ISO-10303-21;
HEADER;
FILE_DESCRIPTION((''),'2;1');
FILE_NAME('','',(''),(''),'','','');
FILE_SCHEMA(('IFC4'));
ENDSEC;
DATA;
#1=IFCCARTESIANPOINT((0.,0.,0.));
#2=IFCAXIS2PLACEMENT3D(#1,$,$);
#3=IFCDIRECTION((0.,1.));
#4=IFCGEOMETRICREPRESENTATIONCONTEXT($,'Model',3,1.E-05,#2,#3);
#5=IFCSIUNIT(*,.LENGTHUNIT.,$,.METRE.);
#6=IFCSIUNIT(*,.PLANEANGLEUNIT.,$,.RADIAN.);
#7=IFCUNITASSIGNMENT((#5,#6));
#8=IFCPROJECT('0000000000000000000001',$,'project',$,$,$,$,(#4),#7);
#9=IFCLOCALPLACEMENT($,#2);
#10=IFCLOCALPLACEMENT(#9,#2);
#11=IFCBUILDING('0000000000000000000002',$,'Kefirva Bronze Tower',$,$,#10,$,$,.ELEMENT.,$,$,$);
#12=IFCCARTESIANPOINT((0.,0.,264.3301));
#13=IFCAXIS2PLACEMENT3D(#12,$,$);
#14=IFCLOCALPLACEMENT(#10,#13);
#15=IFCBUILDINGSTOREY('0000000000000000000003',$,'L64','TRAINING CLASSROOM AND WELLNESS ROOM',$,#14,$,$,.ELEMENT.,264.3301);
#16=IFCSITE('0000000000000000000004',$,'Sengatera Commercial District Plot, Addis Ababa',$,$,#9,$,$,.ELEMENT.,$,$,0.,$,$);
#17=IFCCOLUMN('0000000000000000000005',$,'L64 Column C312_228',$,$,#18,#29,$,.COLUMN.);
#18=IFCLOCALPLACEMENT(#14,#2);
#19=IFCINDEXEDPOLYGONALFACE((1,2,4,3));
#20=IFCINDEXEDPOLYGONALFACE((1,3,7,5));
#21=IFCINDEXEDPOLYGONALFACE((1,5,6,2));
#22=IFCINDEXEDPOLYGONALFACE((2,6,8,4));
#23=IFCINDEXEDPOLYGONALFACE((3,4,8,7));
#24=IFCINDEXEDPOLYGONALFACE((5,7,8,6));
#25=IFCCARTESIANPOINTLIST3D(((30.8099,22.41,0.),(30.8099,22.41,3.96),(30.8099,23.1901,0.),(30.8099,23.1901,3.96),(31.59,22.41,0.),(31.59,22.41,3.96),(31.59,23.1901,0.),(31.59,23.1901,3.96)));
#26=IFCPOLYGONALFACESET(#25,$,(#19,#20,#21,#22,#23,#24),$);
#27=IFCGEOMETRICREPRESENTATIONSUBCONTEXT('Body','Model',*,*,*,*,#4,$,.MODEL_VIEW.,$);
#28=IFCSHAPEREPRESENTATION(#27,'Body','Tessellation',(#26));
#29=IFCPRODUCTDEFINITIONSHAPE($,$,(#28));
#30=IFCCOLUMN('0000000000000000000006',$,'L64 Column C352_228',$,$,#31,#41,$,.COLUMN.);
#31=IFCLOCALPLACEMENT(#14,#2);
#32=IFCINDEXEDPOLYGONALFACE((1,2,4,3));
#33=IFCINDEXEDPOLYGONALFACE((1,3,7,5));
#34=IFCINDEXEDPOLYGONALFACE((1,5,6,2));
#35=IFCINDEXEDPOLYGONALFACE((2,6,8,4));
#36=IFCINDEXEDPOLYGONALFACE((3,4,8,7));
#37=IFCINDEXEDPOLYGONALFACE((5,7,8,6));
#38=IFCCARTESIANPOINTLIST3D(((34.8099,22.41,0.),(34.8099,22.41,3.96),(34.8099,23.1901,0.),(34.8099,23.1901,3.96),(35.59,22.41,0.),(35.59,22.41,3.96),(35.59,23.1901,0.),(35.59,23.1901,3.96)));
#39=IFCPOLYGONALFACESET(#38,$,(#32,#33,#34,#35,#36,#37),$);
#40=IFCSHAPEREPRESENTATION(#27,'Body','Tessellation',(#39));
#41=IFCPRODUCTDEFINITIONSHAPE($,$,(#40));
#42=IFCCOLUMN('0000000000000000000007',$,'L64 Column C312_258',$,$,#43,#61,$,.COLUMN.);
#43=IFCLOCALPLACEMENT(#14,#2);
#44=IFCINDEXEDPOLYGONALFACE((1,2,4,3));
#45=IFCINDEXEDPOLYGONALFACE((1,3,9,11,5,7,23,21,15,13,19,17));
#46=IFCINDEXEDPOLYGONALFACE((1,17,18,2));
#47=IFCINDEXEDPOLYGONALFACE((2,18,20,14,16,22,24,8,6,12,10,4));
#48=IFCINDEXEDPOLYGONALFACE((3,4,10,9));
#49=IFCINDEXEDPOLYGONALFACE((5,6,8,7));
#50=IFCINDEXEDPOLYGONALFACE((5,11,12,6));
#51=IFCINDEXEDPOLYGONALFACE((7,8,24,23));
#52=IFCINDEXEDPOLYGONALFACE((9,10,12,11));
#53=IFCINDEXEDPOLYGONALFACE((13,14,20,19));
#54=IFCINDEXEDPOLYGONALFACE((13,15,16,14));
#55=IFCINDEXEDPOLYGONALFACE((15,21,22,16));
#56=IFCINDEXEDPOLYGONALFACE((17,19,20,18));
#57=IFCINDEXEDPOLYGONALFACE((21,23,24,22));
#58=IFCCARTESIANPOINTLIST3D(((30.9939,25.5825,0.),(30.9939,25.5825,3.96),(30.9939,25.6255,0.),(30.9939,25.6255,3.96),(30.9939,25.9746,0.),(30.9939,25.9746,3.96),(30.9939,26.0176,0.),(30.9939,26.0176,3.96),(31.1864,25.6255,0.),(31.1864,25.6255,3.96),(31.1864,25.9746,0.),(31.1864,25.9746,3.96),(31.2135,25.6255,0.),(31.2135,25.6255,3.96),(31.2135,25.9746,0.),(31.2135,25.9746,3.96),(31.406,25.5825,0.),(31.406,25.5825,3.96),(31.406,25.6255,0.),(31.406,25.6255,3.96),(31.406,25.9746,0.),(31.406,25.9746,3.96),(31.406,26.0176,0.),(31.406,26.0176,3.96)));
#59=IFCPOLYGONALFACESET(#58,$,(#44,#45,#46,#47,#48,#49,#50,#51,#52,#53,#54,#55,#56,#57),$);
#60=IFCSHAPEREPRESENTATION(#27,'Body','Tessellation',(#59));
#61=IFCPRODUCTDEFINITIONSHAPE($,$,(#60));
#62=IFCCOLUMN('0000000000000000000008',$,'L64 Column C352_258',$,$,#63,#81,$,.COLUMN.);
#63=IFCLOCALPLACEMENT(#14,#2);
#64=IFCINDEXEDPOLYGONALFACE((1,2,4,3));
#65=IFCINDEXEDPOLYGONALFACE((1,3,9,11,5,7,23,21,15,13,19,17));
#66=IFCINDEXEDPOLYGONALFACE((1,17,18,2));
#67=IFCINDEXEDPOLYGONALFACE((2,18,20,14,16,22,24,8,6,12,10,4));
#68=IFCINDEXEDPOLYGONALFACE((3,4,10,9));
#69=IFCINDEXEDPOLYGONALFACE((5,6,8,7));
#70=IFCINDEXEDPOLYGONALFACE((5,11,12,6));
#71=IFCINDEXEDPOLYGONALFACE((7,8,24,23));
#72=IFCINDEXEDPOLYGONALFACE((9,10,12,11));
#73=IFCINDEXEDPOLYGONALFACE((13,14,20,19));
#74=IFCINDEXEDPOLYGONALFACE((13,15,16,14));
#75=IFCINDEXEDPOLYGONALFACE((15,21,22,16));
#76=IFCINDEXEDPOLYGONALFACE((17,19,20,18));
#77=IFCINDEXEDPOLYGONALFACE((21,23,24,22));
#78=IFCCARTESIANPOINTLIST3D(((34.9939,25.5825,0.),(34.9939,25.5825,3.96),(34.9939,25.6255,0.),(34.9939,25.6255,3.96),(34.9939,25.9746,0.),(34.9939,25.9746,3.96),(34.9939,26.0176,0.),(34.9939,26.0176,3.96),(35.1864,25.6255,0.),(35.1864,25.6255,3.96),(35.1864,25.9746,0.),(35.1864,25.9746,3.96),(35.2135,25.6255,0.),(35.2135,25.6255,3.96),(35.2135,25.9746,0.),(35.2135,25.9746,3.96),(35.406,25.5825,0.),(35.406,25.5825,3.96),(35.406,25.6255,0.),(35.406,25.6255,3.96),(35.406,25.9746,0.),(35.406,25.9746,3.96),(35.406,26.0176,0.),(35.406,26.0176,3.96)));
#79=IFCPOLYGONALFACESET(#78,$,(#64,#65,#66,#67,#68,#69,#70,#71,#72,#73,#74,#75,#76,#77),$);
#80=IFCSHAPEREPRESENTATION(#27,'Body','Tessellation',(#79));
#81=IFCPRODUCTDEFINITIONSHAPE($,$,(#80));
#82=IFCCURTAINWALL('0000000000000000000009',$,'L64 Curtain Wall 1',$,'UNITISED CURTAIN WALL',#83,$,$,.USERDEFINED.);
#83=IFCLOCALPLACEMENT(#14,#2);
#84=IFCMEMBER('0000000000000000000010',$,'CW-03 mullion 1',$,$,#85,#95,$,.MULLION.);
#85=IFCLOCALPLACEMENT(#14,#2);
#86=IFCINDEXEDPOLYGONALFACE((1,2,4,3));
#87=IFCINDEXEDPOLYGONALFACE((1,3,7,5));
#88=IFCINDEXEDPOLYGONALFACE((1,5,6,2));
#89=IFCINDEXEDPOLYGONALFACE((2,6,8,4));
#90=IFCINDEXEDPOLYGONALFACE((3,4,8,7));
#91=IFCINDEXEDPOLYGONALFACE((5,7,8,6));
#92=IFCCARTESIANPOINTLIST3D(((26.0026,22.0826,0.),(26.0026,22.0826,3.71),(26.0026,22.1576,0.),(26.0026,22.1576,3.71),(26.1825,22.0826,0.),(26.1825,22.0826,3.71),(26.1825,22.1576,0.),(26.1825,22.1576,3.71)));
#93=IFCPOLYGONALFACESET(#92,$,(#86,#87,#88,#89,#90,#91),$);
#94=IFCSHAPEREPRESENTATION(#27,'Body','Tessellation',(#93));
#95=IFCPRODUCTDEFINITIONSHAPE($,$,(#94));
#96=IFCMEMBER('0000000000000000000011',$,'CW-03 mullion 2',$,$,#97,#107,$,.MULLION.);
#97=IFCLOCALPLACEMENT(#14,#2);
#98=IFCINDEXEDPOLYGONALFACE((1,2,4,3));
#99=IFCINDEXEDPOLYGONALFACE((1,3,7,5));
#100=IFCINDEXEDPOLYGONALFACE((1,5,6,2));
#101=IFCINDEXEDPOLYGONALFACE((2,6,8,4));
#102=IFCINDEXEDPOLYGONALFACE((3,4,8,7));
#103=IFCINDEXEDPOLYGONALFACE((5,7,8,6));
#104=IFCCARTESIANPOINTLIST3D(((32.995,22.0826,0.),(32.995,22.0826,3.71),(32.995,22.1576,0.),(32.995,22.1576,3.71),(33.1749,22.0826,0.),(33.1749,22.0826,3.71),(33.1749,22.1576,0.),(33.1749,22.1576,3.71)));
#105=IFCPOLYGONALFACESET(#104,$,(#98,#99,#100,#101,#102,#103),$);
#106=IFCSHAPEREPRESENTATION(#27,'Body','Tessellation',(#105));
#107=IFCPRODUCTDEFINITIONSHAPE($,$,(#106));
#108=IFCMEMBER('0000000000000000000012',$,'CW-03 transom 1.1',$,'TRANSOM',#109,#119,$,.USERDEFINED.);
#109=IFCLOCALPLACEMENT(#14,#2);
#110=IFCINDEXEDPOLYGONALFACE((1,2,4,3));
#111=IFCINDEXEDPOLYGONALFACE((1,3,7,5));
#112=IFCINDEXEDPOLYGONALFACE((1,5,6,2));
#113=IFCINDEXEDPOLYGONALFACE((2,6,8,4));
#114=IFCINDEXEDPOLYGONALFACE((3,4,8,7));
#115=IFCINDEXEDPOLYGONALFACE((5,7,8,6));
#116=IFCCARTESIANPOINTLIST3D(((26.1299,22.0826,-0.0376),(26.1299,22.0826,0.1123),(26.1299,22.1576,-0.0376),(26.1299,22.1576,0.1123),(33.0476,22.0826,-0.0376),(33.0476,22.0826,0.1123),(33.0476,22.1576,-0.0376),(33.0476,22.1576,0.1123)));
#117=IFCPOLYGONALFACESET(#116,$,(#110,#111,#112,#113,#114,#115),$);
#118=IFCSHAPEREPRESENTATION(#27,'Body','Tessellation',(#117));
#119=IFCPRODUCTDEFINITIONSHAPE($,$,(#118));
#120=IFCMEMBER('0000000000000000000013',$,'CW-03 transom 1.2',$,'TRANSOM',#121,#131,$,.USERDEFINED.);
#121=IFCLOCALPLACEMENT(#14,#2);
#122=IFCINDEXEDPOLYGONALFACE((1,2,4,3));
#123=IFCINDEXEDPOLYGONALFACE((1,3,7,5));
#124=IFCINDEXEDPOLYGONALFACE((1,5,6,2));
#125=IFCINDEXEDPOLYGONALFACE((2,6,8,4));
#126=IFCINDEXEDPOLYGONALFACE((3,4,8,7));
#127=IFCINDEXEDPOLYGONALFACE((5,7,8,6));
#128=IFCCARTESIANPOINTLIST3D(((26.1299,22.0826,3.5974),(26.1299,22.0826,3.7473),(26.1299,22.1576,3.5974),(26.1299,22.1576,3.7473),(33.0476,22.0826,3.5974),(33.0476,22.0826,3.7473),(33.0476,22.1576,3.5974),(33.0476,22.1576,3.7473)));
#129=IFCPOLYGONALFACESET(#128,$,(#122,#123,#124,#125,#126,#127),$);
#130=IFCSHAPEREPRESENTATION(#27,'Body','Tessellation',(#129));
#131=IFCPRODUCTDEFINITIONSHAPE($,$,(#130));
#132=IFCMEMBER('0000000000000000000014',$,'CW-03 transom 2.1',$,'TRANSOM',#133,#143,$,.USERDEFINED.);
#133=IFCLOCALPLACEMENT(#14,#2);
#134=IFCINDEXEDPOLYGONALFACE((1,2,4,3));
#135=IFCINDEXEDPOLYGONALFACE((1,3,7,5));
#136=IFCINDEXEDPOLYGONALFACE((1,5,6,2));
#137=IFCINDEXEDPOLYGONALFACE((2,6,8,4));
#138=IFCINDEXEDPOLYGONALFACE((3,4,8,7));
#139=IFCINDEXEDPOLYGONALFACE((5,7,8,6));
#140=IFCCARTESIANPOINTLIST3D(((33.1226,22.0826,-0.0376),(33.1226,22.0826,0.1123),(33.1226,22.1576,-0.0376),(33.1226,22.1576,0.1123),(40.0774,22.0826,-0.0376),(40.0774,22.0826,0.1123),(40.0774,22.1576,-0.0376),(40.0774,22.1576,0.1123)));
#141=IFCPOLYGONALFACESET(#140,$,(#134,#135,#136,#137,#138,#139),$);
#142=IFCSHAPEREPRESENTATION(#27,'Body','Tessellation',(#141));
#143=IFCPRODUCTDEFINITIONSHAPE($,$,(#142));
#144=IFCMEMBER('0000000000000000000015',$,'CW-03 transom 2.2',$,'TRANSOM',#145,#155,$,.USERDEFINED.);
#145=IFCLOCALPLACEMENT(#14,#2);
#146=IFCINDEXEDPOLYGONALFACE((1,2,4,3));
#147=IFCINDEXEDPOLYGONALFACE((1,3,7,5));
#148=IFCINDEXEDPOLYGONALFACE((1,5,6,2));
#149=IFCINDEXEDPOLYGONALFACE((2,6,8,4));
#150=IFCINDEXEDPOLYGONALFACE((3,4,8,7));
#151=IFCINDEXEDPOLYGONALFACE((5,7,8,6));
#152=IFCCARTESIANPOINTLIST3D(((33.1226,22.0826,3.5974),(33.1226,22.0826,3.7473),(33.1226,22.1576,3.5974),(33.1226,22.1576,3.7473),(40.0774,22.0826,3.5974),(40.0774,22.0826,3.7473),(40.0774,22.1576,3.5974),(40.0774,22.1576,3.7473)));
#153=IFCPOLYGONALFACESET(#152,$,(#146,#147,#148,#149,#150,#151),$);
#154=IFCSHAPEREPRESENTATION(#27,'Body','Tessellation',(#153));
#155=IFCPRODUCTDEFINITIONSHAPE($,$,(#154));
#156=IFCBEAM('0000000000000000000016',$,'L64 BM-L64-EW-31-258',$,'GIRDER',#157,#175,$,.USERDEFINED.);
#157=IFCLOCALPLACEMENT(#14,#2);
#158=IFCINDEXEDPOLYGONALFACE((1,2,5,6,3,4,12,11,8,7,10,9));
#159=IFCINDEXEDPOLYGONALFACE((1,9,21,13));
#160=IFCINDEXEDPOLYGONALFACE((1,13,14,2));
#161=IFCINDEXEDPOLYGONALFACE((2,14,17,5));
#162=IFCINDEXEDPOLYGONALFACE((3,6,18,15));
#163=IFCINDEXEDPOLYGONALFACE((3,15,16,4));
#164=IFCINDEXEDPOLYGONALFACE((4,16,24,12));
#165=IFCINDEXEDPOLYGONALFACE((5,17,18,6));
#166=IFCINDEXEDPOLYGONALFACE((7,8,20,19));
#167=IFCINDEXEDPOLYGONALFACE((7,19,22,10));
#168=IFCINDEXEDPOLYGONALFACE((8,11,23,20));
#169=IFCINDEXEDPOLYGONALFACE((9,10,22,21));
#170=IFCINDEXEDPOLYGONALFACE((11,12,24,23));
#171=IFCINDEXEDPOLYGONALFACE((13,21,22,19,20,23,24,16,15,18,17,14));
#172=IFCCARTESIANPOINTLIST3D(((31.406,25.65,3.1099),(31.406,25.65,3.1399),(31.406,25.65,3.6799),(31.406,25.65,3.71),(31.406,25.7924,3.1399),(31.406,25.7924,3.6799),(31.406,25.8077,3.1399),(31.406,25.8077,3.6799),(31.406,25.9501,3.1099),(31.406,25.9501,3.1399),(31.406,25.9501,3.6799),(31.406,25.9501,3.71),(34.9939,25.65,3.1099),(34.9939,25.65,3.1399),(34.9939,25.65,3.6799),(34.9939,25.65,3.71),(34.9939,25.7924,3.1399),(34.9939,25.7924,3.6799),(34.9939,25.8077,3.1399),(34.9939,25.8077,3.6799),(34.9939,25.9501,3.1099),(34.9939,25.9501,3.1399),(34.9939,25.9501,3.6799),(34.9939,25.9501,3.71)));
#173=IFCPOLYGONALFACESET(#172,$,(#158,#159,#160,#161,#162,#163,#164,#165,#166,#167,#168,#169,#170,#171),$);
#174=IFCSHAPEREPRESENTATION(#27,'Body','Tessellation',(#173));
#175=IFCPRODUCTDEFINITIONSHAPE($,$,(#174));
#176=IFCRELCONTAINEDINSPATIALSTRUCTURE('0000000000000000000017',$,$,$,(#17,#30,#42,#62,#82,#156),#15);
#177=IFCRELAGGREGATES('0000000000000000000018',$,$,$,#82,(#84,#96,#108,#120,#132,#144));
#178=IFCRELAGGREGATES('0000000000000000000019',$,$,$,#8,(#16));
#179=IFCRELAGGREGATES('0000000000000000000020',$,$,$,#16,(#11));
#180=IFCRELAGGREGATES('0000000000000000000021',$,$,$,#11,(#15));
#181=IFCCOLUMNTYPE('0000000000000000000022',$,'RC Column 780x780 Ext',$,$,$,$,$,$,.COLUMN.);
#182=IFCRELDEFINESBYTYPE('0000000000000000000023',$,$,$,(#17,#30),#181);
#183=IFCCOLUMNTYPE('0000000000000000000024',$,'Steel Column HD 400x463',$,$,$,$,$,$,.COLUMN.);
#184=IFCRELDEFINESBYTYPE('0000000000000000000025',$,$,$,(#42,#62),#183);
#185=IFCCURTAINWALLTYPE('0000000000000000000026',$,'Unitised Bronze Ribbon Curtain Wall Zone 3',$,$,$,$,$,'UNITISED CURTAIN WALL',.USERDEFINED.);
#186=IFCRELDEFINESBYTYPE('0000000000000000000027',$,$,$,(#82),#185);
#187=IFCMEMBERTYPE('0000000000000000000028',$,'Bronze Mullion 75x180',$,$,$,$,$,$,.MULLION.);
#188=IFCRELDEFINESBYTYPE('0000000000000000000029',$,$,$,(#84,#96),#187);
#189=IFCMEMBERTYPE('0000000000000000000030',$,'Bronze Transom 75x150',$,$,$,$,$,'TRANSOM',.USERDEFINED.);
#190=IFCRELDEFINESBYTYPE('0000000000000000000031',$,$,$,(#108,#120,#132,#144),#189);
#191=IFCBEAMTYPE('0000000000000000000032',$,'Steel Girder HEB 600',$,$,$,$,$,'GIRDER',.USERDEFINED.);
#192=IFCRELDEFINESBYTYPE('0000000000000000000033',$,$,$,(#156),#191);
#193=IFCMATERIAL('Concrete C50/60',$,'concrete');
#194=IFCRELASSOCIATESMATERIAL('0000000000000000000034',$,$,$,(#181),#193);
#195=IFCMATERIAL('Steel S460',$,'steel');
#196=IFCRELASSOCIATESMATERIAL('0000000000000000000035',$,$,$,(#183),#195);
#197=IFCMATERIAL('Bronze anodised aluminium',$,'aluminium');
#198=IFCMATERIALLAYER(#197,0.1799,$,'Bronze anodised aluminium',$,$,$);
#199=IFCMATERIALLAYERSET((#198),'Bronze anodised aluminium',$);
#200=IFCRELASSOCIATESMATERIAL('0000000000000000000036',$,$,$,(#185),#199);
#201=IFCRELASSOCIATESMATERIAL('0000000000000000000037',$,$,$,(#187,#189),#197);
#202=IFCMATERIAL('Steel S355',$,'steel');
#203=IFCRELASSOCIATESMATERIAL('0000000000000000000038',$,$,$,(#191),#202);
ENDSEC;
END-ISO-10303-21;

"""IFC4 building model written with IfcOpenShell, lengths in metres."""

from ifc_helpers import new_model, si_unit, direction, frame, origin, origin_2d, place, context, subcontext, project, spatial, rectangle, i_section, extrude, material, layer, layer_set, material_profile, profile_set, type_object, element, aggregate, save


model = new_model("IFC4")

# Units and contexts
model_context = context("Model", 3, precision=1e-05, world=origin(), true_north=direction((0.0, 1.0)))
body_context = subcontext(model_context, "Body", "Model", "MODEL_VIEW")
ifc_project = project(units=[si_unit("LENGTHUNIT", "METRE"), si_unit("PLANEANGLEUNIT", "RADIAN")], contexts=[model_context])

# Site, building, storey
site_placement = place(None, origin())
site = spatial("IfcSite", under=ifc_project, at=site_placement, Name="Sengatera Commercial District Plot, Addis Ababa", CompositionType="ELEMENT", RefElevation=0.0)
building_placement = place(site_placement, origin())
building = spatial("IfcBuilding", under=site, at=building_placement, Name="Kefirva Bronze Tower", CompositionType="ELEMENT")
storey_placement = place(building_placement, frame((0.0, 0.0, 264.3301)))
storey = spatial("IfcBuildingStorey", under=building, at=storey_placement, Name="L64", Description="TRAINING CLASSROOM AND WELLNESS ROOM", CompositionType="ELEMENT", Elevation=264.3301)

# Columns
ifc_material_1 = material(Name="Concrete C50/60", Category="concrete")
ifc_material_profile_1 = material_profile(ifc_material_1, rectangle(XDim=0.78, YDim=0.78, at=origin_2d()), Name="RC 780x780")
ifc_profile_set_1 = profile_set([ifc_material_profile_1], Name="Concrete C50/60")
column_type_1 = type_object("IfcColumnType", Name="RC Column 780x780 Ext", PredefinedType="COLUMN", material=ifc_profile_set_1)
for number, where, z_axis, x_axis, name in (
    (1, (31.2, 22.8, 0.0), (0.0, 0.0, 1.0), (1.0, 0.0, 0.0), "L64 Column C312_228"),
    (2, (35.2, 22.8, 0.0), (0.0, 0.0, 1.0), (1.0, 0.0, 0.0), "L64 Column C352_228"),
):
    element("IfcColumn", number, at=place(storey_placement, frame(where, z_axis=z_axis, x_axis=x_axis)), inside=storey, type_object=column_type_1, Name=name, PredefinedType="COLUMN", context=body_context, shape_type="SweptSolid", body=[
        extrude(rectangle(XDim=0.78, YDim=0.78, at=origin_2d()), origin(), (0.0, 0.0, 1.0), 3.96),
    ])
ifc_material_2 = material(Name="Steel S460", Category="steel")
ifc_material_profile_2 = material_profile(ifc_material_2, i_section(OverallWidth=0.4121, OverallDepth=0.4351, WebThickness=0.0271, FlangeThickness=0.043, at=origin_2d()), Name="HD 400x463")
ifc_profile_set_2 = profile_set([ifc_material_profile_2], Name="Steel S460")
column_type_2 = type_object("IfcColumnType", Name="Steel Column HD 400x463", PredefinedType="COLUMN", material=ifc_profile_set_2)
for number, where, z_axis, x_axis, name in (
    (3, (31.2, 25.8, 0.0), (0.0, 0.0, 1.0), (1.0, 0.0, 0.0), "L64 Column C312_258"),
    (4, (35.2, 25.8, 0.0), (0.0, 0.0, 1.0), (1.0, 0.0, 0.0), "L64 Column C352_258"),
):
    element("IfcColumn", number, at=place(storey_placement, frame(where, z_axis=z_axis, x_axis=x_axis)), inside=storey, type_object=column_type_2, Name=name, PredefinedType="COLUMN", context=body_context, shape_type="SweptSolid", body=[
        extrude(i_section(OverallWidth=0.4121, OverallDepth=0.4351, WebThickness=0.0271, FlangeThickness=0.043, at=origin_2d()), origin(), (0.0, 0.0, 1.0), 3.96),
    ])

# Curtain wall, members
ifc_material_3 = material(Name="Bronze anodised aluminium", Category="aluminium")
ifc_layer_1 = layer(ifc_material_3, 0.1799, Name="Bronze anodised aluminium")
ifc_layer_set_1 = layer_set([ifc_layer_1], Name="Bronze anodised aluminium")
curtain_wall_type = type_object("IfcCurtainWallType", Name="Unitised Bronze Ribbon Curtain Wall Zone 3", ElementType="UNITISED CURTAIN WALL", PredefinedType="USERDEFINED", material=ifc_layer_set_1)
curtain_wall_placement = place(storey_placement, origin())
curtain_wall = element("IfcCurtainWall", 5, at=curtain_wall_placement, inside=storey, type_object=curtain_wall_type, Name="L64 Curtain Wall 1", ObjectType="UNITISED CURTAIN WALL", PredefinedType="USERDEFINED")
ifc_material_profile_3 = material_profile(ifc_material_3, rectangle(XDim=0.075, YDim=0.1799, at=origin_2d()), Name="ALU 75x180")
ifc_profile_set_3 = profile_set([ifc_material_profile_3], Name="Bronze anodised aluminium")
member_type_1 = type_object("IfcMemberType", Name="Bronze Mullion 75x180", PredefinedType="MULLION", material=ifc_profile_set_3)
member_1_placement = place(storey_placement, frame((26.0925, 22.1201, 0.0), z_axis=(0.0, 0.0, 1.0), x_axis=(0.0, 1.0, 0.0)))
member_1 = element("IfcMember", 6, at=member_1_placement, type_object=member_type_1, Name="CW-03 mullion 1", PredefinedType="MULLION", context=body_context, shape_type="SweptSolid", body=[
    extrude(rectangle(XDim=0.075, YDim=0.1799, at=origin_2d()), origin(), (0.0, 0.0, 1.0), 3.71),
])
member_2_placement = place(storey_placement, frame((33.085, 22.1201, 0.0), z_axis=(0.0, 0.0, 1.0), x_axis=(0.0, 1.0, 0.0)))
member_2 = element("IfcMember", 7, at=member_2_placement, type_object=member_type_1, Name="CW-03 mullion 2", PredefinedType="MULLION", context=body_context, shape_type="SweptSolid", body=[
    extrude(rectangle(XDim=0.075, YDim=0.1799, at=origin_2d()), origin(), (0.0, 0.0, 1.0), 3.71),
])
ifc_material_profile_4 = material_profile(ifc_material_3, rectangle(XDim=0.075, YDim=0.1499, at=origin_2d()), Name="ALU 75x150")
ifc_profile_set_4 = profile_set([ifc_material_profile_4], Name="Bronze anodised aluminium")
member_type_2 = type_object("IfcMemberType", Name="Bronze Transom 75x150", ElementType="TRANSOM", PredefinedType="USERDEFINED", material=ifc_profile_set_4)
member_3_placement = place(storey_placement, frame((26.1299, 22.1201, 0.0374), z_axis=(1.0, 0.0, 0.0), x_axis=(0.0, 1.0, 0.0)))
member_3 = element("IfcMember", 8, at=member_3_placement, type_object=member_type_2, Name="CW-03 transom 1.1", ObjectType="TRANSOM", PredefinedType="USERDEFINED", context=body_context, shape_type="SweptSolid", body=[
    extrude(rectangle(XDim=0.075, YDim=0.1499, at=origin_2d()), origin(), (0.0, 0.0, 1.0), 6.9177),
])
member_4_placement = place(storey_placement, frame((26.1299, 22.1201, 3.6724), z_axis=(1.0, 0.0, 0.0), x_axis=(0.0, 1.0, 0.0)))
member_4 = element("IfcMember", 9, at=member_4_placement, type_object=member_type_2, Name="CW-03 transom 1.2", ObjectType="TRANSOM", PredefinedType="USERDEFINED", context=body_context, shape_type="SweptSolid", body=[
    extrude(rectangle(XDim=0.075, YDim=0.1499, at=origin_2d()), origin(), (0.0, 0.0, 1.0), 6.9177),
])
member_5_placement = place(storey_placement, frame((33.1226, 22.1201, 0.0374), z_axis=(1.0, 0.0, 0.0), x_axis=(0.0, 1.0, 0.0)))
member_5 = element("IfcMember", 10, at=member_5_placement, type_object=member_type_2, Name="CW-03 transom 2.1", ObjectType="TRANSOM", PredefinedType="USERDEFINED", context=body_context, shape_type="SweptSolid", body=[
    extrude(rectangle(XDim=0.075, YDim=0.1499, at=origin_2d()), origin(), (0.0, 0.0, 1.0), 6.9548),
])
member_6_placement = place(storey_placement, frame((33.1226, 22.1201, 3.6724), z_axis=(1.0, 0.0, 0.0), x_axis=(0.0, 1.0, 0.0)))
member_6 = element("IfcMember", 11, at=member_6_placement, type_object=member_type_2, Name="CW-03 transom 2.2", ObjectType="TRANSOM", PredefinedType="USERDEFINED", context=body_context, shape_type="SweptSolid", body=[
    extrude(rectangle(XDim=0.075, YDim=0.1499, at=origin_2d()), origin(), (0.0, 0.0, 1.0), 6.9548),
])

# Beam
ifc_material_4 = material(Name="Steel S355", Category="steel")
ifc_material_profile_5 = material_profile(ifc_material_4, i_section(OverallWidth=0.3, OverallDepth=0.6001, WebThickness=0.0154, FlangeThickness=0.03, at=origin_2d()), Name="HEB 600")
ifc_profile_set_5 = profile_set([ifc_material_profile_5], Name="Steel S355")
beam_type_1 = type_object("IfcBeamType", Name="Steel Girder HEB 600", ElementType="GIRDER", PredefinedType="USERDEFINED", material=ifc_profile_set_5)
beam_1_placement = place(storey_placement, frame((31.406, 25.8, 3.4099), z_axis=(1.0, 0.0, 0.0), x_axis=(0.0, 1.0, 0.0)))
element("IfcBeam", 12, at=beam_1_placement, inside=storey, type_object=beam_type_1, Name="L64 BM-L64-EW-31-258", ObjectType="GIRDER", PredefinedType="USERDEFINED", context=body_context, shape_type="SweptSolid", body=[
    extrude(i_section(OverallWidth=0.3, OverallDepth=0.6001, WebThickness=0.0154, FlangeThickness=0.03, at=origin_2d()), origin(), (0.0, 0.0, 1.0), 3.5879),
])

aggregate(curtain_wall, [member_1, member_2, member_3, member_4, member_5, member_6])

save(model, "model.ifc")
